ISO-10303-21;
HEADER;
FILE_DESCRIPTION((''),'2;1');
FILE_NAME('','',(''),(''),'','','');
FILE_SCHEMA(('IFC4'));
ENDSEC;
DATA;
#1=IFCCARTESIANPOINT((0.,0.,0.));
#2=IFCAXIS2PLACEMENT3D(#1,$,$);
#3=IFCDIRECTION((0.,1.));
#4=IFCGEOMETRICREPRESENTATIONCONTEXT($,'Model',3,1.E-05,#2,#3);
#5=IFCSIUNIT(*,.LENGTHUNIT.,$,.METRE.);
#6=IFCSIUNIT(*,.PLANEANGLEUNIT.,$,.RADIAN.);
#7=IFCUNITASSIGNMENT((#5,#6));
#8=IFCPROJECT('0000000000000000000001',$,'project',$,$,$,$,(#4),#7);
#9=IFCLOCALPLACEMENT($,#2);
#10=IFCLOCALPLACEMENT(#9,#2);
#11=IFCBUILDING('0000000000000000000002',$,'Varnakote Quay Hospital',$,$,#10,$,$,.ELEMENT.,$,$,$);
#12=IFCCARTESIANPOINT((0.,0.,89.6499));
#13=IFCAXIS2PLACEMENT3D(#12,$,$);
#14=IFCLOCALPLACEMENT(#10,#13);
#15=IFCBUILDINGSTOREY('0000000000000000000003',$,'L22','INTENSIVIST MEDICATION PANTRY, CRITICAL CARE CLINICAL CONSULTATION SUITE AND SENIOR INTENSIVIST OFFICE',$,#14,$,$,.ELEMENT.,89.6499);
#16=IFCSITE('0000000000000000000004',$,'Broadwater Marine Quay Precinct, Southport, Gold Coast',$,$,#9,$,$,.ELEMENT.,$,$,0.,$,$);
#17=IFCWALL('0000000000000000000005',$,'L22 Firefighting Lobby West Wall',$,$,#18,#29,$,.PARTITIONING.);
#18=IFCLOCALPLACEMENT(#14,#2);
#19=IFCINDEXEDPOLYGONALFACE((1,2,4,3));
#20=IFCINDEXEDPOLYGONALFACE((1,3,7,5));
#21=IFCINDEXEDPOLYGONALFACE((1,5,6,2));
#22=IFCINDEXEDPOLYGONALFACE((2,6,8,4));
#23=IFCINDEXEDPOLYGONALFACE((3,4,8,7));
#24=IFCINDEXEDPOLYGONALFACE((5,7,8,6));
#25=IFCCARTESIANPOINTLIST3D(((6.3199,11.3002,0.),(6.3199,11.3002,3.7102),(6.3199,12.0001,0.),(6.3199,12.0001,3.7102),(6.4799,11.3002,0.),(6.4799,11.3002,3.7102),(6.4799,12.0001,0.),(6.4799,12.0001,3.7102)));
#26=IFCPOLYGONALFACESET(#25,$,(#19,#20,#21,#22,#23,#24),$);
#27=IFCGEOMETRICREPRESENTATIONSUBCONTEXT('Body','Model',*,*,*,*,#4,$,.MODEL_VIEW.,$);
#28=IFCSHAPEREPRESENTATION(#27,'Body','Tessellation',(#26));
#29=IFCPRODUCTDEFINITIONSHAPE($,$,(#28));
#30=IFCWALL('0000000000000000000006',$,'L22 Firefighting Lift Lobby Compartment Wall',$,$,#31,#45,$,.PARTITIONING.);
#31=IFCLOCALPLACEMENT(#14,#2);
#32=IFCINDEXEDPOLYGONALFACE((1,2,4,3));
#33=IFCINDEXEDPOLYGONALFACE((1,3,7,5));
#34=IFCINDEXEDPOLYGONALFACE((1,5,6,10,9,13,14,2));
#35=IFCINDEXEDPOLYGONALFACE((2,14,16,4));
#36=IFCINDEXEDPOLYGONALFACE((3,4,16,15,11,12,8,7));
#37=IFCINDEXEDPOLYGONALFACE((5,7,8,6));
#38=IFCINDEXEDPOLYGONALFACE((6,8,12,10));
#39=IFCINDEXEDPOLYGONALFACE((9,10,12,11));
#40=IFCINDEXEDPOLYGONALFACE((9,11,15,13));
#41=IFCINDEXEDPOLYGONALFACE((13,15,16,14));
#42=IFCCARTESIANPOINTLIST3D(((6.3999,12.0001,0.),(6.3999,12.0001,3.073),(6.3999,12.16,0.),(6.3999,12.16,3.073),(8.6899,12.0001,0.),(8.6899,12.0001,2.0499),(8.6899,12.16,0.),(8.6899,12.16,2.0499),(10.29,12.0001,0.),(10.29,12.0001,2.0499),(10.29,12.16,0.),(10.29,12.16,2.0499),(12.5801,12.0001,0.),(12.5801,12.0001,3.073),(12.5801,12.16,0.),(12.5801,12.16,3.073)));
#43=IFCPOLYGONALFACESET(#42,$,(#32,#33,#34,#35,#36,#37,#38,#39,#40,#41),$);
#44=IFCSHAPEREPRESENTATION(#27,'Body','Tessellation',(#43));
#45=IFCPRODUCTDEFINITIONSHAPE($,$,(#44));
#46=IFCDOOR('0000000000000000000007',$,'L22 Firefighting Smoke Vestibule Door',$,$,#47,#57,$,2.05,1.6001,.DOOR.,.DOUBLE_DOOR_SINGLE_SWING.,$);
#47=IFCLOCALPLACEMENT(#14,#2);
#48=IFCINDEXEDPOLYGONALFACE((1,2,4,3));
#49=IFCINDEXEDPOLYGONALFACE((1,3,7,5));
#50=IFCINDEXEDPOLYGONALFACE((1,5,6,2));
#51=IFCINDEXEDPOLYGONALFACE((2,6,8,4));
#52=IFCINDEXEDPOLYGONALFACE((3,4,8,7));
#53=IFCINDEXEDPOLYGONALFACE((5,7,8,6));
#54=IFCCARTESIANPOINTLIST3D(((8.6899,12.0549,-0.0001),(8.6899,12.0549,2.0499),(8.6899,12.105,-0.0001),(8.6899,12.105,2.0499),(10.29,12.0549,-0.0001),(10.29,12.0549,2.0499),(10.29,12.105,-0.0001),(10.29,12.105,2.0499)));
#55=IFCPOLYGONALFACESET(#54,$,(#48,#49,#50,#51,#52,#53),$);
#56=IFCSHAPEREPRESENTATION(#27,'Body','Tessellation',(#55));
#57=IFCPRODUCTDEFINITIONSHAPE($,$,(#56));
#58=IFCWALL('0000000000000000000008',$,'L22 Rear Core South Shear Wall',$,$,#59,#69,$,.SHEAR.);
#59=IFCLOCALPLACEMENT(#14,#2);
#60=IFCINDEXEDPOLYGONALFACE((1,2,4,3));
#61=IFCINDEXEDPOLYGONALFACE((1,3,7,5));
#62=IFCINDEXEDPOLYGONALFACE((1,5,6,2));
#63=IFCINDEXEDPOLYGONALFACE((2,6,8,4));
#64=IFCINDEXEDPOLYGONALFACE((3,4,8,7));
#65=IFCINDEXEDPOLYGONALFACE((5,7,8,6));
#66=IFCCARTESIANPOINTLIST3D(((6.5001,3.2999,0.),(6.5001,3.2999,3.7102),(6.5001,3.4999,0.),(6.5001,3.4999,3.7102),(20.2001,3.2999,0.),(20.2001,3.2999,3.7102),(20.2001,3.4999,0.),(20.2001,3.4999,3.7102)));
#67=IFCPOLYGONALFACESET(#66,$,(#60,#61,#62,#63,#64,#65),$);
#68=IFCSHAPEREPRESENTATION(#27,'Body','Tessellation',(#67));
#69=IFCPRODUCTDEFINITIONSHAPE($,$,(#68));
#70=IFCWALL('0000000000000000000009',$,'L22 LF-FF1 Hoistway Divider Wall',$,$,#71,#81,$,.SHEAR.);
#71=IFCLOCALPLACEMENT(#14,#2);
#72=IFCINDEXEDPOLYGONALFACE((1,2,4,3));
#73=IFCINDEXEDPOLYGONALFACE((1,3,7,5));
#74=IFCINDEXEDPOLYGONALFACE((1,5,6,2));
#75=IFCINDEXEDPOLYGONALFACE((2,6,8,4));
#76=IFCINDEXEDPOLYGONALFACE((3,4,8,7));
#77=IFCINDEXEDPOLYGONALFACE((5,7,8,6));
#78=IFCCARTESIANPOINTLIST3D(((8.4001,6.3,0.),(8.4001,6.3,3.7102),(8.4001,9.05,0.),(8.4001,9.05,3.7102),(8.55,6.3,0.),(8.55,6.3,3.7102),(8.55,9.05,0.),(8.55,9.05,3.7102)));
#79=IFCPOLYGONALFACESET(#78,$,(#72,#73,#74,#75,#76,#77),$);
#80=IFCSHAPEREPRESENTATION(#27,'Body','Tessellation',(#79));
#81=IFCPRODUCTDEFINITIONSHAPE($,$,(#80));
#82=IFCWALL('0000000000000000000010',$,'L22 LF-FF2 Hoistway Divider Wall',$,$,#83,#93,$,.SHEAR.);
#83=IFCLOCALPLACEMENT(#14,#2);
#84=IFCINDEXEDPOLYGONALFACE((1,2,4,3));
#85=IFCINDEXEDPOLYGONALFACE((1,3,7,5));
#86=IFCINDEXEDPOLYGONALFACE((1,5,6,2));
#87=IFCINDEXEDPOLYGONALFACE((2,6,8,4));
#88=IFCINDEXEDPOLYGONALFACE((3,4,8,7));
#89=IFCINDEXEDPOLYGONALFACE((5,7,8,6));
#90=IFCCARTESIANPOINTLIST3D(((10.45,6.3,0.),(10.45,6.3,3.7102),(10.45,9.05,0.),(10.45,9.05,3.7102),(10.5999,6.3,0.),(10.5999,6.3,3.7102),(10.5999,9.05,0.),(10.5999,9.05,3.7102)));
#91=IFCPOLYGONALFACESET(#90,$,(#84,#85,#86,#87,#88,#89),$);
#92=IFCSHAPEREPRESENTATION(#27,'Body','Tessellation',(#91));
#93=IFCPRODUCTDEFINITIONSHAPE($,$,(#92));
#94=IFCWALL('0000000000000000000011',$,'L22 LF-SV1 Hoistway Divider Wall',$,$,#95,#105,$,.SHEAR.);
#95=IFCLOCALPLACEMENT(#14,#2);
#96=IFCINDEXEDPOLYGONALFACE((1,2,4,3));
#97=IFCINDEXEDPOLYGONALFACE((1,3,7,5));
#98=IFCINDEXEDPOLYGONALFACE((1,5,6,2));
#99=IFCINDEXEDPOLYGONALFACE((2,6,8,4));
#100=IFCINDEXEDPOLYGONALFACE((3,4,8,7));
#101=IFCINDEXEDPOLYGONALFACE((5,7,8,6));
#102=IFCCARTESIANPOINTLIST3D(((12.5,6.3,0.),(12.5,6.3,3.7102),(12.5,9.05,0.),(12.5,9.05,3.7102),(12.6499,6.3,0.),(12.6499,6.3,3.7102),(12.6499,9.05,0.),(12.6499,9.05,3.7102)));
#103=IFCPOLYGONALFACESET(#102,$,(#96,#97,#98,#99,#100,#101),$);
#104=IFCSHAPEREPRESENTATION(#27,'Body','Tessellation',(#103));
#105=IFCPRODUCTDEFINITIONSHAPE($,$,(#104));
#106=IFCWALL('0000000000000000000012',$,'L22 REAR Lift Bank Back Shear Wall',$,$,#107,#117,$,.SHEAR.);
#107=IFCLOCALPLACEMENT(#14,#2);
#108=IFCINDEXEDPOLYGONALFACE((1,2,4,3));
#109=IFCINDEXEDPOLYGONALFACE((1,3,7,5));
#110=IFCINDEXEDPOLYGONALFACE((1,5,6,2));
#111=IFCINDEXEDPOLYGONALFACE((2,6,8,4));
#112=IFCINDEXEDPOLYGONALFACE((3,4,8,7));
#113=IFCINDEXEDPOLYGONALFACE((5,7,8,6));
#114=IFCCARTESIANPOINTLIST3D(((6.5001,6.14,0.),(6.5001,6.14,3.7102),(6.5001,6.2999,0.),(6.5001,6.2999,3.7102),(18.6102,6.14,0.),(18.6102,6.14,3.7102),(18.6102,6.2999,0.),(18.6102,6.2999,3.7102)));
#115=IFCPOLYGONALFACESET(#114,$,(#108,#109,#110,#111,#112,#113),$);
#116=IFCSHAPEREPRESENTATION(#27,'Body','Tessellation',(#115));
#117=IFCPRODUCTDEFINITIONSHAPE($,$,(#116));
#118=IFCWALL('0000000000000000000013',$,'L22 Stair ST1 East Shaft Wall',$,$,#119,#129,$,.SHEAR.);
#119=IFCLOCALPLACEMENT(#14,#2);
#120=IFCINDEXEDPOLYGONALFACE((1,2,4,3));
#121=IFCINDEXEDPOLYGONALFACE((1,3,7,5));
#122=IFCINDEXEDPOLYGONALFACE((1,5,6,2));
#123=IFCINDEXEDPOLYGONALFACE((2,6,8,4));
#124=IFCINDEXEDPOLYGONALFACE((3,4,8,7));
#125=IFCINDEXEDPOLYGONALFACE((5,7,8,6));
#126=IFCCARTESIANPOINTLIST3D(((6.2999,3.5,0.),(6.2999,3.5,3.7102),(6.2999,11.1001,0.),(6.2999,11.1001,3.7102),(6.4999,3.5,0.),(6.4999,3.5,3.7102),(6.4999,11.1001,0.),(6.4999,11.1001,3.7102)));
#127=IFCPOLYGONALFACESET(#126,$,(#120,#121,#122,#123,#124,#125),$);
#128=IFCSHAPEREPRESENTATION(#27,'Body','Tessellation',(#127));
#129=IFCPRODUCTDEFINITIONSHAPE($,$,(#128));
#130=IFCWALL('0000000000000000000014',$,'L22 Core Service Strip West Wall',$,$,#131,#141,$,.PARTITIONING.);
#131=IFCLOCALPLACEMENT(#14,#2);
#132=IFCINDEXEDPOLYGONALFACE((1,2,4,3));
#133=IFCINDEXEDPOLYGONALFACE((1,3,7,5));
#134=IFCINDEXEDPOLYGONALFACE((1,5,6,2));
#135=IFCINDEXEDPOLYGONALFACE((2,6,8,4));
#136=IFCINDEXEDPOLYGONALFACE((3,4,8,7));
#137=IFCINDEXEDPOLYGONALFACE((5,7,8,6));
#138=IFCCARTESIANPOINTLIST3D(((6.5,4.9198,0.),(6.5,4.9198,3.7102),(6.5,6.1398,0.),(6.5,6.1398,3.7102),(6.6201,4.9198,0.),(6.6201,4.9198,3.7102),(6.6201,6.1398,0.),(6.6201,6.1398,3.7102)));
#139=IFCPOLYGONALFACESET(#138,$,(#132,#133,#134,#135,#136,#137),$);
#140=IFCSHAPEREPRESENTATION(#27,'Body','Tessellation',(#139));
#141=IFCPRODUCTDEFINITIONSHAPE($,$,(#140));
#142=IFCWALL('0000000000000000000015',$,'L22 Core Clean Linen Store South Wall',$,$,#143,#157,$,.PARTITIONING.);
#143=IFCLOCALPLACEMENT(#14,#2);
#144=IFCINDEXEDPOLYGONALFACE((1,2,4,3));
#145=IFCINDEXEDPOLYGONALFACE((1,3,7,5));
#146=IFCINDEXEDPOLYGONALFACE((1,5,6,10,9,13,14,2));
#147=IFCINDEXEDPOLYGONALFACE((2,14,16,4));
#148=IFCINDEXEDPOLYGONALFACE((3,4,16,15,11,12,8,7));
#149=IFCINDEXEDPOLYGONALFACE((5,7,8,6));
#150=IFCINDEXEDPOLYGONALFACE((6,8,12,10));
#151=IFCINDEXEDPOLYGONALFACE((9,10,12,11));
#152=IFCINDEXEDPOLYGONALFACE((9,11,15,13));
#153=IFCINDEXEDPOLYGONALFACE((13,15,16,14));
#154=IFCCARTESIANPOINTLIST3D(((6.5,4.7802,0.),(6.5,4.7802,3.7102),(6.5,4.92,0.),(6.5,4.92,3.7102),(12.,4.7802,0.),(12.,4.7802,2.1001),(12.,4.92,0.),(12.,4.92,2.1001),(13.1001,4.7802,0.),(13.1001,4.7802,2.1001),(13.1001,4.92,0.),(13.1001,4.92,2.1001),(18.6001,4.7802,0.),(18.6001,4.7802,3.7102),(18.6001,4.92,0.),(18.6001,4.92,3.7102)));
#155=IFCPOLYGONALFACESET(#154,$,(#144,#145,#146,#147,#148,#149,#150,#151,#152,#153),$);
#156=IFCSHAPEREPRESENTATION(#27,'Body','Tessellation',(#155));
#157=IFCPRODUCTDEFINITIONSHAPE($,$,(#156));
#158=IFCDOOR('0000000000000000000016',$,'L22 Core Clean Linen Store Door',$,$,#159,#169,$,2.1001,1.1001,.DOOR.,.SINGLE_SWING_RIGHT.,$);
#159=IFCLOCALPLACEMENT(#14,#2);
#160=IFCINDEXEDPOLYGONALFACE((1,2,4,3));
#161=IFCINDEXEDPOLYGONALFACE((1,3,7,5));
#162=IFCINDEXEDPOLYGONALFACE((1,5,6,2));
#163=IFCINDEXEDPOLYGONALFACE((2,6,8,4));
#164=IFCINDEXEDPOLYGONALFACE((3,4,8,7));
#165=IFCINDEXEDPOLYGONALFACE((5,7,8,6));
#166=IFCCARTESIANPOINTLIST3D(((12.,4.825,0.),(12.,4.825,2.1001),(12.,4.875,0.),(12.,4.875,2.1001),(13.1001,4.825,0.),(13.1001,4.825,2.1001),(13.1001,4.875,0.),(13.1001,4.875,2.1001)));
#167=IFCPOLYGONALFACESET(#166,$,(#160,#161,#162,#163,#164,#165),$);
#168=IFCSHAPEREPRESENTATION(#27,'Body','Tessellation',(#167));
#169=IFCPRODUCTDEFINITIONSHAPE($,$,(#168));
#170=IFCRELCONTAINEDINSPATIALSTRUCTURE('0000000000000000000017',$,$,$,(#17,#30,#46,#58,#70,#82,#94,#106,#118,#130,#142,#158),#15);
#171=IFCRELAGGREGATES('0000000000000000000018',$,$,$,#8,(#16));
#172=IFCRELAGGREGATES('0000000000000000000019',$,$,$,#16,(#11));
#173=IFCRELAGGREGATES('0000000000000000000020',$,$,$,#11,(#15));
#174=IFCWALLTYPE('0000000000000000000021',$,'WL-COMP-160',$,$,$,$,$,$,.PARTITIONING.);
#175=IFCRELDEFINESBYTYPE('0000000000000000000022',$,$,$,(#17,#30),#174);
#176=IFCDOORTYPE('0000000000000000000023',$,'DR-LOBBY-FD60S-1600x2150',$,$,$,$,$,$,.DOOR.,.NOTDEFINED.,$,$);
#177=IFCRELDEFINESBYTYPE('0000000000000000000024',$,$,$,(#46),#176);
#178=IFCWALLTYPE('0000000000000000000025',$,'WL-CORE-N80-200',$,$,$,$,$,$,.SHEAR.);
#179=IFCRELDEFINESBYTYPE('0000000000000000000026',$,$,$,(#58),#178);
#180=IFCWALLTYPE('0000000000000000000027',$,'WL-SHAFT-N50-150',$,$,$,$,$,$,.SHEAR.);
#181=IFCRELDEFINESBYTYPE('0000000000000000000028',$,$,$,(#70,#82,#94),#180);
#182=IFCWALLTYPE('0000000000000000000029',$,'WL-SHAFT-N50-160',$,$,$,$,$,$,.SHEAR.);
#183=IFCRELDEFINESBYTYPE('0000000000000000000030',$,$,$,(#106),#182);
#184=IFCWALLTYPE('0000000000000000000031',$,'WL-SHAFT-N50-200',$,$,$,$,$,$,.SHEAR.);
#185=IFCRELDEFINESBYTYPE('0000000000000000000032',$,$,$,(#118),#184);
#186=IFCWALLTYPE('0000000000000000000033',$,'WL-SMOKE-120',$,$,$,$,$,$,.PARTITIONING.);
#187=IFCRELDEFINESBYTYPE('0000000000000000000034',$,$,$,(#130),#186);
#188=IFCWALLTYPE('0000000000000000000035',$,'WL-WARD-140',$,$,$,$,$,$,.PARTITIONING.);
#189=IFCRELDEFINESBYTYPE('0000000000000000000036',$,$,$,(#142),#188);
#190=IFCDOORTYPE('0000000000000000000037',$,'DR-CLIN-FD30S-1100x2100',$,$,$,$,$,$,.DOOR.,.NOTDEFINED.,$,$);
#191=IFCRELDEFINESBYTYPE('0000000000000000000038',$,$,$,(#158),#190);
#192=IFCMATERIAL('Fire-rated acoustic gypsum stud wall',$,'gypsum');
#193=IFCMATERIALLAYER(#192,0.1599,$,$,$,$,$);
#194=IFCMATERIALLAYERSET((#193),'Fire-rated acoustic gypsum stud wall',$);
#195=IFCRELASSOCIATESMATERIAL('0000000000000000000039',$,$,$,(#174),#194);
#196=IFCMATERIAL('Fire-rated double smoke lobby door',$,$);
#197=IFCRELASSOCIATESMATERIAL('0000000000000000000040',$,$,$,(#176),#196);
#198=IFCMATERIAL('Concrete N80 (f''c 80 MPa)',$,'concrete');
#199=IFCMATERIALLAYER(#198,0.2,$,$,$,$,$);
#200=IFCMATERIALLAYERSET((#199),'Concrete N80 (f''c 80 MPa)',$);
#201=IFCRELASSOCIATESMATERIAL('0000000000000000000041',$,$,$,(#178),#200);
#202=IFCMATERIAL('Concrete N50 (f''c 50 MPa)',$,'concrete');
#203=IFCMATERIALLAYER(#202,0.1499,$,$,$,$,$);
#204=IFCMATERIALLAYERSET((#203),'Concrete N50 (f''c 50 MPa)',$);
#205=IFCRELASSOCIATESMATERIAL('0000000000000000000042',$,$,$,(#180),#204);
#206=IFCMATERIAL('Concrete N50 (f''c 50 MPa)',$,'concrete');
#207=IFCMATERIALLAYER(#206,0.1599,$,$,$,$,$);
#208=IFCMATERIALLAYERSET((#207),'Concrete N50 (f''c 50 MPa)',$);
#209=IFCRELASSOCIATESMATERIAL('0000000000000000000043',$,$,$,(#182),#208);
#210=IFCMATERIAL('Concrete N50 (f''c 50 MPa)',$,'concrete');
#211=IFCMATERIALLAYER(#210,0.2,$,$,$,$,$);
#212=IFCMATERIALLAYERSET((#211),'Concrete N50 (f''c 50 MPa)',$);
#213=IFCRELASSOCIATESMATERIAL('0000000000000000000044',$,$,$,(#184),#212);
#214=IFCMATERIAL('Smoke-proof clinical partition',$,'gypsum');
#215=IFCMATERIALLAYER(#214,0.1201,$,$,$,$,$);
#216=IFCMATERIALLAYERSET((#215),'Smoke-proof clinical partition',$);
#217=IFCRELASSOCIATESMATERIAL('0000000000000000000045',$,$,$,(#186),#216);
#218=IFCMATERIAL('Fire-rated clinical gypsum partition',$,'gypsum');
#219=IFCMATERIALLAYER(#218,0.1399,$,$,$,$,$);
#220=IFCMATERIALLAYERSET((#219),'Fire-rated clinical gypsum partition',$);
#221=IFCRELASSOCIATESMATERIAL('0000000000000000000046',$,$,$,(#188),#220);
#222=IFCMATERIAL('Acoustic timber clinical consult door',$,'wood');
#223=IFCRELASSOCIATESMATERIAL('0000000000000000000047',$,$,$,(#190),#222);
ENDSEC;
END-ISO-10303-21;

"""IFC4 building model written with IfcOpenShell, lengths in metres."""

from ifc_helpers import new_model, si_unit, direction, frame, frame_2d, origin, place, context, subcontext, project, spatial, rectangle, extrude, material, layer, layer_set, type_object, element, fill, save


model = new_model("IFC4")

# Units and contexts
model_context = context("Model", 3, precision=1e-05, world=origin(), true_north=direction((0.0, 1.0)))
body_context = subcontext(model_context, "Body", "Model", "MODEL_VIEW")
ifc_project = project(units=[si_unit("LENGTHUNIT", "METRE"), si_unit("PLANEANGLEUNIT", "RADIAN")], contexts=[model_context])

# Site, building, storey
site_placement = place(None, origin())
site = spatial("IfcSite", under=ifc_project, at=site_placement, Name="Broadwater Marine Quay Precinct, Southport, Gold Coast", CompositionType="ELEMENT", RefElevation=0.0)
building_placement = place(site_placement, origin())
building = spatial("IfcBuilding", under=site, at=building_placement, Name="Varnakote Quay Hospital", CompositionType="ELEMENT")
storey_placement = place(building_placement, frame((0.0, 0.0, 89.6499)))
storey = spatial("IfcBuildingStorey", under=building, at=storey_placement, Name="L22", Description="INTENSIVIST MEDICATION PANTRY, CRITICAL CARE CLINICAL CONSULTATION SUITE AND SENIOR INTENSIVIST OFFICE", CompositionType="ELEMENT", Elevation=89.6499)

# Wall
ifc_material_1 = material(Name="Fire-rated acoustic gypsum stud wall", Category="gypsum")
ifc_layer_1 = layer(ifc_material_1, 0.1599)
ifc_layer_set_1 = layer_set([ifc_layer_1], Name="Fire-rated acoustic gypsum stud wall")
wall_type_1 = type_object("IfcWallType", Name="WL-COMP-160", PredefinedType="PARTITIONING", material=ifc_layer_set_1)
wall_1_placement = place(storey_placement, frame((6.3999, 11.3, 0.0), z_axis=(0.0, 0.0, 1.0), x_axis=(0.0, 1.0, 0.0)))
element("IfcWall", 1, at=wall_1_placement, inside=storey, type_object=wall_type_1, Name="L22 Firefighting Lobby West Wall", PredefinedType="PARTITIONING", context=body_context, shape_type="SweptSolid", body=[
    extrude(rectangle(XDim=0.7, YDim=0.1599, at=frame_2d((0.3501, 0.0))), origin(), (0.0, 0.0, 1.0), 3.7102),
])

# Wall, opening, door
wall_2_placement = place(storey_placement, frame((6.3999, 12.0801, 0.0), z_axis=(0.0, 0.0, 1.0), x_axis=(1.0, 0.0, 0.0)))
wall_2 = element("IfcWall", 2, at=wall_2_placement, inside=storey, type_object=wall_type_1, Name="L22 Firefighting Lift Lobby Compartment Wall", PredefinedType="PARTITIONING", context=body_context, shape_type="SweptSolid", body=[
    extrude(rectangle(XDim=6.1802, YDim=0.1599, at=frame_2d((3.0901, 0.0))), origin(), (0.0, 0.0, 1.0), 3.073),
])
opening_1_placement = place(wall_2_placement, frame((2.29, 0.0, 0.0)))
opening_1 = element("IfcOpeningElement", 3, at=opening_1_placement, cuts=wall_2, PredefinedType="OPENING", context=body_context, shape_type="SweptSolid", body=[
    extrude(rectangle(XDim=1.6001, YDim=2.05, at=frame_2d((0.8, 1.0249))), frame((0.0, 0.0898, 0.0), z_axis=(0.0, -1.0, 0.0), x_axis=(1.0, 0.0, 0.0)), (0.0, 0.0, 1.0), 0.1799),
])
ifc_material_2 = material(Name="Fire-rated double smoke lobby door")
door_type_1 = type_object("IfcDoorType", Name="DR-LOBBY-FD60S-1600x2150", OperationType="NOTDEFINED", PredefinedType="DOOR", material=ifc_material_2)
door_1_placement = place(opening_1_placement, origin())
door_1 = element("IfcDoor", 4, at=door_1_placement, inside=storey, type_object=door_type_1, Name="L22 Firefighting Smoke Vestibule Door", OperationType="DOUBLE_DOOR_SINGLE_SWING", OverallHeight=2.05, OverallWidth=1.6001, PredefinedType="DOOR", context=body_context, shape_type="SweptSolid", body=[
    extrude(rectangle(XDim=1.6001, YDim=2.05, at=frame_2d((0.8, 1.0249))), frame((0.0, 0.0249, 0.0), z_axis=(0.0, -1.0, 0.0), x_axis=(1.0, 0.0, 0.0)), (0.0, 0.0, 1.0), 0.05),
])
fill(opening_1, door_1)

# Walls
ifc_material_3 = material(Name="Concrete N80 (f'c 80 MPa)", Category="concrete")
ifc_layer_2 = layer(ifc_material_3, 0.2)
ifc_layer_set_2 = layer_set([ifc_layer_2], Name="Concrete N80 (f'c 80 MPa)")
wall_type_2 = type_object("IfcWallType", Name="WL-CORE-N80-200", PredefinedType="SHEAR", material=ifc_layer_set_2)
wall_3_placement = place(storey_placement, frame((6.5, 3.3999, 0.0), z_axis=(0.0, 0.0, 1.0), x_axis=(1.0, 0.0, 0.0)))
element("IfcWall", 5, at=wall_3_placement, inside=storey, type_object=wall_type_2, Name="L22 Rear Core South Shear Wall", PredefinedType="SHEAR", context=body_context, shape_type="SweptSolid", body=[
    extrude(rectangle(XDim=13.7, YDim=0.2, at=frame_2d((6.8501, 0.0))), origin(), (0.0, 0.0, 1.0), 3.7102),
])
ifc_material_4 = material(Name="Concrete N50 (f'c 50 MPa)", Category="concrete")
ifc_layer_3 = layer(ifc_material_4, 0.1499)
ifc_layer_set_3 = layer_set([ifc_layer_3], Name="Concrete N50 (f'c 50 MPa)")
wall_type_3 = type_object("IfcWallType", Name="WL-SHAFT-N50-150", PredefinedType="SHEAR", material=ifc_layer_set_3)
for number, where, z_axis, x_axis, name in (
    (6, (8.4751, 6.3, 0.0), (0.0, 0.0, 1.0), (0.0, 1.0, 0.0), "L22 LF-FF1 Hoistway Divider Wall"),
    (7, (10.5249, 6.3, 0.0), (0.0, 0.0, 1.0), (0.0, 1.0, 0.0), "L22 LF-FF2 Hoistway Divider Wall"),
    (8, (12.575, 6.3, 0.0), (0.0, 0.0, 1.0), (0.0, 1.0, 0.0), "L22 LF-SV1 Hoistway Divider Wall"),
):
    element("IfcWall", number, at=place(storey_placement, frame(where, z_axis=z_axis, x_axis=x_axis)), inside=storey, type_object=wall_type_3, Name=name, PredefinedType="SHEAR", context=body_context, shape_type="SweptSolid", body=[
        extrude(rectangle(XDim=2.75, YDim=0.1499, at=frame_2d((1.375, 0.0))), origin(), (0.0, 0.0, 1.0), 3.7102),
    ])
ifc_material_5 = material(Name="Concrete N50 (f'c 50 MPa)", Category="concrete")
ifc_layer_4 = layer(ifc_material_5, 0.1599)
ifc_layer_set_4 = layer_set([ifc_layer_4], Name="Concrete N50 (f'c 50 MPa)")
wall_type_4 = type_object("IfcWallType", Name="WL-SHAFT-N50-160", PredefinedType="SHEAR", material=ifc_layer_set_4)
wall_4_placement = place(storey_placement, frame((6.5, 6.22, 0.0), z_axis=(0.0, 0.0, 1.0), x_axis=(1.0, 0.0, 0.0)))
element("IfcWall", 9, at=wall_4_placement, inside=storey, type_object=wall_type_4, Name="L22 REAR Lift Bank Back Shear Wall", PredefinedType="SHEAR", context=body_context, shape_type="SweptSolid", body=[
    extrude(rectangle(XDim=12.1101, YDim=0.1599, at=frame_2d((6.0552, 0.0))), origin(), (0.0, 0.0, 1.0), 3.7102),
])

# Walls
ifc_material_6 = material(Name="Concrete N50 (f'c 50 MPa)", Category="concrete")
ifc_layer_5 = layer(ifc_material_6, 0.2)
ifc_layer_set_5 = layer_set([ifc_layer_5], Name="Concrete N50 (f'c 50 MPa)")
wall_type_5 = type_object("IfcWallType", Name="WL-SHAFT-N50-200", PredefinedType="SHEAR", material=ifc_layer_set_5)
wall_5_placement = place(storey_placement, frame((6.3999, 3.5, 0.0), z_axis=(0.0, 0.0, 1.0), x_axis=(0.0, 1.0, 0.0)))
element("IfcWall", 10, at=wall_5_placement, inside=storey, type_object=wall_type_5, Name="L22 Stair ST1 East Shaft Wall", PredefinedType="SHEAR", context=body_context, shape_type="SweptSolid", body=[
    extrude(rectangle(XDim=7.6001, YDim=0.2, at=frame_2d((3.8, 0.0))), origin(), (0.0, 0.0, 1.0), 3.7102),
])
ifc_material_7 = material(Name="Smoke-proof clinical partition", Category="gypsum")
ifc_layer_6 = layer(ifc_material_7, 0.1201)
ifc_layer_set_6 = layer_set([ifc_layer_6], Name="Smoke-proof clinical partition")
wall_type_6 = type_object("IfcWallType", Name="WL-SMOKE-120", PredefinedType="PARTITIONING", material=ifc_layer_set_6)
wall_6_placement = place(storey_placement, frame((6.5601, 4.9199, 0.0), z_axis=(0.0, 0.0, 1.0), x_axis=(0.0, 1.0, 0.0)))
element("IfcWall", 11, at=wall_6_placement, inside=storey, type_object=wall_type_6, Name="L22 Core Service Strip West Wall", PredefinedType="PARTITIONING", context=body_context, shape_type="SweptSolid", body=[
    extrude(rectangle(XDim=1.22, YDim=0.1201, at=frame_2d((0.6099, 0.0))), origin(), (0.0, 0.0, 1.0), 3.7102),
])

# Wall, opening, door
ifc_material_8 = material(Name="Fire-rated clinical gypsum partition", Category="gypsum")
ifc_layer_7 = layer(ifc_material_8, 0.1399)
ifc_layer_set_7 = layer_set([ifc_layer_7], Name="Fire-rated clinical gypsum partition")
wall_type_7 = type_object("IfcWallType", Name="WL-WARD-140", PredefinedType="PARTITIONING", material=ifc_layer_set_7)
wall_7_placement = place(storey_placement, frame((6.5, 4.8501, 0.0), z_axis=(0.0, 0.0, 1.0), x_axis=(1.0, 0.0, 0.0)))
wall_7 = element("IfcWall", 12, at=wall_7_placement, inside=storey, type_object=wall_type_7, Name="L22 Core Clean Linen Store South Wall", PredefinedType="PARTITIONING", context=body_context, shape_type="SweptSolid", body=[
    extrude(rectangle(XDim=12.1001, YDim=0.1399, at=frame_2d((6.05, 0.0))), origin(), (0.0, 0.0, 1.0), 3.7102),
])
opening_2_placement = place(wall_7_placement, frame((5.5, 0.0, 0.0)))
opening_2 = element("IfcOpeningElement", 13, at=opening_2_placement, cuts=wall_7, PredefinedType="OPENING", context=body_context, shape_type="SweptSolid", body=[
    extrude(rectangle(XDim=1.1001, YDim=2.1001, at=frame_2d((0.55, 1.05))), frame((0.0, 0.0798, 0.0), z_axis=(0.0, -1.0, 0.0), x_axis=(1.0, 0.0, 0.0)), (0.0, 0.0, 1.0), 0.1599),
])
ifc_material_9 = material(Name="Acoustic timber clinical consult door", Category="wood")
door_type_2 = type_object("IfcDoorType", Name="DR-CLIN-FD30S-1100x2100", OperationType="NOTDEFINED", PredefinedType="DOOR", material=ifc_material_9)
door_2_placement = place(opening_2_placement, origin())
door_2 = element("IfcDoor", 14, at=door_2_placement, inside=storey, type_object=door_type_2, Name="L22 Core Clean Linen Store Door", OperationType="SINGLE_SWING_RIGHT", OverallHeight=2.1001, OverallWidth=1.1001, PredefinedType="DOOR", context=body_context, shape_type="SweptSolid", body=[
    extrude(rectangle(XDim=1.1001, YDim=2.1001, at=frame_2d((0.55, 1.05))), frame((0.0, 0.0249, 0.0), z_axis=(0.0, -1.0, 0.0), x_axis=(1.0, 0.0, 0.0)), (0.0, 0.0, 1.0), 0.05),
])
fill(opening_2, door_2)

save(model, "model.ifc")
